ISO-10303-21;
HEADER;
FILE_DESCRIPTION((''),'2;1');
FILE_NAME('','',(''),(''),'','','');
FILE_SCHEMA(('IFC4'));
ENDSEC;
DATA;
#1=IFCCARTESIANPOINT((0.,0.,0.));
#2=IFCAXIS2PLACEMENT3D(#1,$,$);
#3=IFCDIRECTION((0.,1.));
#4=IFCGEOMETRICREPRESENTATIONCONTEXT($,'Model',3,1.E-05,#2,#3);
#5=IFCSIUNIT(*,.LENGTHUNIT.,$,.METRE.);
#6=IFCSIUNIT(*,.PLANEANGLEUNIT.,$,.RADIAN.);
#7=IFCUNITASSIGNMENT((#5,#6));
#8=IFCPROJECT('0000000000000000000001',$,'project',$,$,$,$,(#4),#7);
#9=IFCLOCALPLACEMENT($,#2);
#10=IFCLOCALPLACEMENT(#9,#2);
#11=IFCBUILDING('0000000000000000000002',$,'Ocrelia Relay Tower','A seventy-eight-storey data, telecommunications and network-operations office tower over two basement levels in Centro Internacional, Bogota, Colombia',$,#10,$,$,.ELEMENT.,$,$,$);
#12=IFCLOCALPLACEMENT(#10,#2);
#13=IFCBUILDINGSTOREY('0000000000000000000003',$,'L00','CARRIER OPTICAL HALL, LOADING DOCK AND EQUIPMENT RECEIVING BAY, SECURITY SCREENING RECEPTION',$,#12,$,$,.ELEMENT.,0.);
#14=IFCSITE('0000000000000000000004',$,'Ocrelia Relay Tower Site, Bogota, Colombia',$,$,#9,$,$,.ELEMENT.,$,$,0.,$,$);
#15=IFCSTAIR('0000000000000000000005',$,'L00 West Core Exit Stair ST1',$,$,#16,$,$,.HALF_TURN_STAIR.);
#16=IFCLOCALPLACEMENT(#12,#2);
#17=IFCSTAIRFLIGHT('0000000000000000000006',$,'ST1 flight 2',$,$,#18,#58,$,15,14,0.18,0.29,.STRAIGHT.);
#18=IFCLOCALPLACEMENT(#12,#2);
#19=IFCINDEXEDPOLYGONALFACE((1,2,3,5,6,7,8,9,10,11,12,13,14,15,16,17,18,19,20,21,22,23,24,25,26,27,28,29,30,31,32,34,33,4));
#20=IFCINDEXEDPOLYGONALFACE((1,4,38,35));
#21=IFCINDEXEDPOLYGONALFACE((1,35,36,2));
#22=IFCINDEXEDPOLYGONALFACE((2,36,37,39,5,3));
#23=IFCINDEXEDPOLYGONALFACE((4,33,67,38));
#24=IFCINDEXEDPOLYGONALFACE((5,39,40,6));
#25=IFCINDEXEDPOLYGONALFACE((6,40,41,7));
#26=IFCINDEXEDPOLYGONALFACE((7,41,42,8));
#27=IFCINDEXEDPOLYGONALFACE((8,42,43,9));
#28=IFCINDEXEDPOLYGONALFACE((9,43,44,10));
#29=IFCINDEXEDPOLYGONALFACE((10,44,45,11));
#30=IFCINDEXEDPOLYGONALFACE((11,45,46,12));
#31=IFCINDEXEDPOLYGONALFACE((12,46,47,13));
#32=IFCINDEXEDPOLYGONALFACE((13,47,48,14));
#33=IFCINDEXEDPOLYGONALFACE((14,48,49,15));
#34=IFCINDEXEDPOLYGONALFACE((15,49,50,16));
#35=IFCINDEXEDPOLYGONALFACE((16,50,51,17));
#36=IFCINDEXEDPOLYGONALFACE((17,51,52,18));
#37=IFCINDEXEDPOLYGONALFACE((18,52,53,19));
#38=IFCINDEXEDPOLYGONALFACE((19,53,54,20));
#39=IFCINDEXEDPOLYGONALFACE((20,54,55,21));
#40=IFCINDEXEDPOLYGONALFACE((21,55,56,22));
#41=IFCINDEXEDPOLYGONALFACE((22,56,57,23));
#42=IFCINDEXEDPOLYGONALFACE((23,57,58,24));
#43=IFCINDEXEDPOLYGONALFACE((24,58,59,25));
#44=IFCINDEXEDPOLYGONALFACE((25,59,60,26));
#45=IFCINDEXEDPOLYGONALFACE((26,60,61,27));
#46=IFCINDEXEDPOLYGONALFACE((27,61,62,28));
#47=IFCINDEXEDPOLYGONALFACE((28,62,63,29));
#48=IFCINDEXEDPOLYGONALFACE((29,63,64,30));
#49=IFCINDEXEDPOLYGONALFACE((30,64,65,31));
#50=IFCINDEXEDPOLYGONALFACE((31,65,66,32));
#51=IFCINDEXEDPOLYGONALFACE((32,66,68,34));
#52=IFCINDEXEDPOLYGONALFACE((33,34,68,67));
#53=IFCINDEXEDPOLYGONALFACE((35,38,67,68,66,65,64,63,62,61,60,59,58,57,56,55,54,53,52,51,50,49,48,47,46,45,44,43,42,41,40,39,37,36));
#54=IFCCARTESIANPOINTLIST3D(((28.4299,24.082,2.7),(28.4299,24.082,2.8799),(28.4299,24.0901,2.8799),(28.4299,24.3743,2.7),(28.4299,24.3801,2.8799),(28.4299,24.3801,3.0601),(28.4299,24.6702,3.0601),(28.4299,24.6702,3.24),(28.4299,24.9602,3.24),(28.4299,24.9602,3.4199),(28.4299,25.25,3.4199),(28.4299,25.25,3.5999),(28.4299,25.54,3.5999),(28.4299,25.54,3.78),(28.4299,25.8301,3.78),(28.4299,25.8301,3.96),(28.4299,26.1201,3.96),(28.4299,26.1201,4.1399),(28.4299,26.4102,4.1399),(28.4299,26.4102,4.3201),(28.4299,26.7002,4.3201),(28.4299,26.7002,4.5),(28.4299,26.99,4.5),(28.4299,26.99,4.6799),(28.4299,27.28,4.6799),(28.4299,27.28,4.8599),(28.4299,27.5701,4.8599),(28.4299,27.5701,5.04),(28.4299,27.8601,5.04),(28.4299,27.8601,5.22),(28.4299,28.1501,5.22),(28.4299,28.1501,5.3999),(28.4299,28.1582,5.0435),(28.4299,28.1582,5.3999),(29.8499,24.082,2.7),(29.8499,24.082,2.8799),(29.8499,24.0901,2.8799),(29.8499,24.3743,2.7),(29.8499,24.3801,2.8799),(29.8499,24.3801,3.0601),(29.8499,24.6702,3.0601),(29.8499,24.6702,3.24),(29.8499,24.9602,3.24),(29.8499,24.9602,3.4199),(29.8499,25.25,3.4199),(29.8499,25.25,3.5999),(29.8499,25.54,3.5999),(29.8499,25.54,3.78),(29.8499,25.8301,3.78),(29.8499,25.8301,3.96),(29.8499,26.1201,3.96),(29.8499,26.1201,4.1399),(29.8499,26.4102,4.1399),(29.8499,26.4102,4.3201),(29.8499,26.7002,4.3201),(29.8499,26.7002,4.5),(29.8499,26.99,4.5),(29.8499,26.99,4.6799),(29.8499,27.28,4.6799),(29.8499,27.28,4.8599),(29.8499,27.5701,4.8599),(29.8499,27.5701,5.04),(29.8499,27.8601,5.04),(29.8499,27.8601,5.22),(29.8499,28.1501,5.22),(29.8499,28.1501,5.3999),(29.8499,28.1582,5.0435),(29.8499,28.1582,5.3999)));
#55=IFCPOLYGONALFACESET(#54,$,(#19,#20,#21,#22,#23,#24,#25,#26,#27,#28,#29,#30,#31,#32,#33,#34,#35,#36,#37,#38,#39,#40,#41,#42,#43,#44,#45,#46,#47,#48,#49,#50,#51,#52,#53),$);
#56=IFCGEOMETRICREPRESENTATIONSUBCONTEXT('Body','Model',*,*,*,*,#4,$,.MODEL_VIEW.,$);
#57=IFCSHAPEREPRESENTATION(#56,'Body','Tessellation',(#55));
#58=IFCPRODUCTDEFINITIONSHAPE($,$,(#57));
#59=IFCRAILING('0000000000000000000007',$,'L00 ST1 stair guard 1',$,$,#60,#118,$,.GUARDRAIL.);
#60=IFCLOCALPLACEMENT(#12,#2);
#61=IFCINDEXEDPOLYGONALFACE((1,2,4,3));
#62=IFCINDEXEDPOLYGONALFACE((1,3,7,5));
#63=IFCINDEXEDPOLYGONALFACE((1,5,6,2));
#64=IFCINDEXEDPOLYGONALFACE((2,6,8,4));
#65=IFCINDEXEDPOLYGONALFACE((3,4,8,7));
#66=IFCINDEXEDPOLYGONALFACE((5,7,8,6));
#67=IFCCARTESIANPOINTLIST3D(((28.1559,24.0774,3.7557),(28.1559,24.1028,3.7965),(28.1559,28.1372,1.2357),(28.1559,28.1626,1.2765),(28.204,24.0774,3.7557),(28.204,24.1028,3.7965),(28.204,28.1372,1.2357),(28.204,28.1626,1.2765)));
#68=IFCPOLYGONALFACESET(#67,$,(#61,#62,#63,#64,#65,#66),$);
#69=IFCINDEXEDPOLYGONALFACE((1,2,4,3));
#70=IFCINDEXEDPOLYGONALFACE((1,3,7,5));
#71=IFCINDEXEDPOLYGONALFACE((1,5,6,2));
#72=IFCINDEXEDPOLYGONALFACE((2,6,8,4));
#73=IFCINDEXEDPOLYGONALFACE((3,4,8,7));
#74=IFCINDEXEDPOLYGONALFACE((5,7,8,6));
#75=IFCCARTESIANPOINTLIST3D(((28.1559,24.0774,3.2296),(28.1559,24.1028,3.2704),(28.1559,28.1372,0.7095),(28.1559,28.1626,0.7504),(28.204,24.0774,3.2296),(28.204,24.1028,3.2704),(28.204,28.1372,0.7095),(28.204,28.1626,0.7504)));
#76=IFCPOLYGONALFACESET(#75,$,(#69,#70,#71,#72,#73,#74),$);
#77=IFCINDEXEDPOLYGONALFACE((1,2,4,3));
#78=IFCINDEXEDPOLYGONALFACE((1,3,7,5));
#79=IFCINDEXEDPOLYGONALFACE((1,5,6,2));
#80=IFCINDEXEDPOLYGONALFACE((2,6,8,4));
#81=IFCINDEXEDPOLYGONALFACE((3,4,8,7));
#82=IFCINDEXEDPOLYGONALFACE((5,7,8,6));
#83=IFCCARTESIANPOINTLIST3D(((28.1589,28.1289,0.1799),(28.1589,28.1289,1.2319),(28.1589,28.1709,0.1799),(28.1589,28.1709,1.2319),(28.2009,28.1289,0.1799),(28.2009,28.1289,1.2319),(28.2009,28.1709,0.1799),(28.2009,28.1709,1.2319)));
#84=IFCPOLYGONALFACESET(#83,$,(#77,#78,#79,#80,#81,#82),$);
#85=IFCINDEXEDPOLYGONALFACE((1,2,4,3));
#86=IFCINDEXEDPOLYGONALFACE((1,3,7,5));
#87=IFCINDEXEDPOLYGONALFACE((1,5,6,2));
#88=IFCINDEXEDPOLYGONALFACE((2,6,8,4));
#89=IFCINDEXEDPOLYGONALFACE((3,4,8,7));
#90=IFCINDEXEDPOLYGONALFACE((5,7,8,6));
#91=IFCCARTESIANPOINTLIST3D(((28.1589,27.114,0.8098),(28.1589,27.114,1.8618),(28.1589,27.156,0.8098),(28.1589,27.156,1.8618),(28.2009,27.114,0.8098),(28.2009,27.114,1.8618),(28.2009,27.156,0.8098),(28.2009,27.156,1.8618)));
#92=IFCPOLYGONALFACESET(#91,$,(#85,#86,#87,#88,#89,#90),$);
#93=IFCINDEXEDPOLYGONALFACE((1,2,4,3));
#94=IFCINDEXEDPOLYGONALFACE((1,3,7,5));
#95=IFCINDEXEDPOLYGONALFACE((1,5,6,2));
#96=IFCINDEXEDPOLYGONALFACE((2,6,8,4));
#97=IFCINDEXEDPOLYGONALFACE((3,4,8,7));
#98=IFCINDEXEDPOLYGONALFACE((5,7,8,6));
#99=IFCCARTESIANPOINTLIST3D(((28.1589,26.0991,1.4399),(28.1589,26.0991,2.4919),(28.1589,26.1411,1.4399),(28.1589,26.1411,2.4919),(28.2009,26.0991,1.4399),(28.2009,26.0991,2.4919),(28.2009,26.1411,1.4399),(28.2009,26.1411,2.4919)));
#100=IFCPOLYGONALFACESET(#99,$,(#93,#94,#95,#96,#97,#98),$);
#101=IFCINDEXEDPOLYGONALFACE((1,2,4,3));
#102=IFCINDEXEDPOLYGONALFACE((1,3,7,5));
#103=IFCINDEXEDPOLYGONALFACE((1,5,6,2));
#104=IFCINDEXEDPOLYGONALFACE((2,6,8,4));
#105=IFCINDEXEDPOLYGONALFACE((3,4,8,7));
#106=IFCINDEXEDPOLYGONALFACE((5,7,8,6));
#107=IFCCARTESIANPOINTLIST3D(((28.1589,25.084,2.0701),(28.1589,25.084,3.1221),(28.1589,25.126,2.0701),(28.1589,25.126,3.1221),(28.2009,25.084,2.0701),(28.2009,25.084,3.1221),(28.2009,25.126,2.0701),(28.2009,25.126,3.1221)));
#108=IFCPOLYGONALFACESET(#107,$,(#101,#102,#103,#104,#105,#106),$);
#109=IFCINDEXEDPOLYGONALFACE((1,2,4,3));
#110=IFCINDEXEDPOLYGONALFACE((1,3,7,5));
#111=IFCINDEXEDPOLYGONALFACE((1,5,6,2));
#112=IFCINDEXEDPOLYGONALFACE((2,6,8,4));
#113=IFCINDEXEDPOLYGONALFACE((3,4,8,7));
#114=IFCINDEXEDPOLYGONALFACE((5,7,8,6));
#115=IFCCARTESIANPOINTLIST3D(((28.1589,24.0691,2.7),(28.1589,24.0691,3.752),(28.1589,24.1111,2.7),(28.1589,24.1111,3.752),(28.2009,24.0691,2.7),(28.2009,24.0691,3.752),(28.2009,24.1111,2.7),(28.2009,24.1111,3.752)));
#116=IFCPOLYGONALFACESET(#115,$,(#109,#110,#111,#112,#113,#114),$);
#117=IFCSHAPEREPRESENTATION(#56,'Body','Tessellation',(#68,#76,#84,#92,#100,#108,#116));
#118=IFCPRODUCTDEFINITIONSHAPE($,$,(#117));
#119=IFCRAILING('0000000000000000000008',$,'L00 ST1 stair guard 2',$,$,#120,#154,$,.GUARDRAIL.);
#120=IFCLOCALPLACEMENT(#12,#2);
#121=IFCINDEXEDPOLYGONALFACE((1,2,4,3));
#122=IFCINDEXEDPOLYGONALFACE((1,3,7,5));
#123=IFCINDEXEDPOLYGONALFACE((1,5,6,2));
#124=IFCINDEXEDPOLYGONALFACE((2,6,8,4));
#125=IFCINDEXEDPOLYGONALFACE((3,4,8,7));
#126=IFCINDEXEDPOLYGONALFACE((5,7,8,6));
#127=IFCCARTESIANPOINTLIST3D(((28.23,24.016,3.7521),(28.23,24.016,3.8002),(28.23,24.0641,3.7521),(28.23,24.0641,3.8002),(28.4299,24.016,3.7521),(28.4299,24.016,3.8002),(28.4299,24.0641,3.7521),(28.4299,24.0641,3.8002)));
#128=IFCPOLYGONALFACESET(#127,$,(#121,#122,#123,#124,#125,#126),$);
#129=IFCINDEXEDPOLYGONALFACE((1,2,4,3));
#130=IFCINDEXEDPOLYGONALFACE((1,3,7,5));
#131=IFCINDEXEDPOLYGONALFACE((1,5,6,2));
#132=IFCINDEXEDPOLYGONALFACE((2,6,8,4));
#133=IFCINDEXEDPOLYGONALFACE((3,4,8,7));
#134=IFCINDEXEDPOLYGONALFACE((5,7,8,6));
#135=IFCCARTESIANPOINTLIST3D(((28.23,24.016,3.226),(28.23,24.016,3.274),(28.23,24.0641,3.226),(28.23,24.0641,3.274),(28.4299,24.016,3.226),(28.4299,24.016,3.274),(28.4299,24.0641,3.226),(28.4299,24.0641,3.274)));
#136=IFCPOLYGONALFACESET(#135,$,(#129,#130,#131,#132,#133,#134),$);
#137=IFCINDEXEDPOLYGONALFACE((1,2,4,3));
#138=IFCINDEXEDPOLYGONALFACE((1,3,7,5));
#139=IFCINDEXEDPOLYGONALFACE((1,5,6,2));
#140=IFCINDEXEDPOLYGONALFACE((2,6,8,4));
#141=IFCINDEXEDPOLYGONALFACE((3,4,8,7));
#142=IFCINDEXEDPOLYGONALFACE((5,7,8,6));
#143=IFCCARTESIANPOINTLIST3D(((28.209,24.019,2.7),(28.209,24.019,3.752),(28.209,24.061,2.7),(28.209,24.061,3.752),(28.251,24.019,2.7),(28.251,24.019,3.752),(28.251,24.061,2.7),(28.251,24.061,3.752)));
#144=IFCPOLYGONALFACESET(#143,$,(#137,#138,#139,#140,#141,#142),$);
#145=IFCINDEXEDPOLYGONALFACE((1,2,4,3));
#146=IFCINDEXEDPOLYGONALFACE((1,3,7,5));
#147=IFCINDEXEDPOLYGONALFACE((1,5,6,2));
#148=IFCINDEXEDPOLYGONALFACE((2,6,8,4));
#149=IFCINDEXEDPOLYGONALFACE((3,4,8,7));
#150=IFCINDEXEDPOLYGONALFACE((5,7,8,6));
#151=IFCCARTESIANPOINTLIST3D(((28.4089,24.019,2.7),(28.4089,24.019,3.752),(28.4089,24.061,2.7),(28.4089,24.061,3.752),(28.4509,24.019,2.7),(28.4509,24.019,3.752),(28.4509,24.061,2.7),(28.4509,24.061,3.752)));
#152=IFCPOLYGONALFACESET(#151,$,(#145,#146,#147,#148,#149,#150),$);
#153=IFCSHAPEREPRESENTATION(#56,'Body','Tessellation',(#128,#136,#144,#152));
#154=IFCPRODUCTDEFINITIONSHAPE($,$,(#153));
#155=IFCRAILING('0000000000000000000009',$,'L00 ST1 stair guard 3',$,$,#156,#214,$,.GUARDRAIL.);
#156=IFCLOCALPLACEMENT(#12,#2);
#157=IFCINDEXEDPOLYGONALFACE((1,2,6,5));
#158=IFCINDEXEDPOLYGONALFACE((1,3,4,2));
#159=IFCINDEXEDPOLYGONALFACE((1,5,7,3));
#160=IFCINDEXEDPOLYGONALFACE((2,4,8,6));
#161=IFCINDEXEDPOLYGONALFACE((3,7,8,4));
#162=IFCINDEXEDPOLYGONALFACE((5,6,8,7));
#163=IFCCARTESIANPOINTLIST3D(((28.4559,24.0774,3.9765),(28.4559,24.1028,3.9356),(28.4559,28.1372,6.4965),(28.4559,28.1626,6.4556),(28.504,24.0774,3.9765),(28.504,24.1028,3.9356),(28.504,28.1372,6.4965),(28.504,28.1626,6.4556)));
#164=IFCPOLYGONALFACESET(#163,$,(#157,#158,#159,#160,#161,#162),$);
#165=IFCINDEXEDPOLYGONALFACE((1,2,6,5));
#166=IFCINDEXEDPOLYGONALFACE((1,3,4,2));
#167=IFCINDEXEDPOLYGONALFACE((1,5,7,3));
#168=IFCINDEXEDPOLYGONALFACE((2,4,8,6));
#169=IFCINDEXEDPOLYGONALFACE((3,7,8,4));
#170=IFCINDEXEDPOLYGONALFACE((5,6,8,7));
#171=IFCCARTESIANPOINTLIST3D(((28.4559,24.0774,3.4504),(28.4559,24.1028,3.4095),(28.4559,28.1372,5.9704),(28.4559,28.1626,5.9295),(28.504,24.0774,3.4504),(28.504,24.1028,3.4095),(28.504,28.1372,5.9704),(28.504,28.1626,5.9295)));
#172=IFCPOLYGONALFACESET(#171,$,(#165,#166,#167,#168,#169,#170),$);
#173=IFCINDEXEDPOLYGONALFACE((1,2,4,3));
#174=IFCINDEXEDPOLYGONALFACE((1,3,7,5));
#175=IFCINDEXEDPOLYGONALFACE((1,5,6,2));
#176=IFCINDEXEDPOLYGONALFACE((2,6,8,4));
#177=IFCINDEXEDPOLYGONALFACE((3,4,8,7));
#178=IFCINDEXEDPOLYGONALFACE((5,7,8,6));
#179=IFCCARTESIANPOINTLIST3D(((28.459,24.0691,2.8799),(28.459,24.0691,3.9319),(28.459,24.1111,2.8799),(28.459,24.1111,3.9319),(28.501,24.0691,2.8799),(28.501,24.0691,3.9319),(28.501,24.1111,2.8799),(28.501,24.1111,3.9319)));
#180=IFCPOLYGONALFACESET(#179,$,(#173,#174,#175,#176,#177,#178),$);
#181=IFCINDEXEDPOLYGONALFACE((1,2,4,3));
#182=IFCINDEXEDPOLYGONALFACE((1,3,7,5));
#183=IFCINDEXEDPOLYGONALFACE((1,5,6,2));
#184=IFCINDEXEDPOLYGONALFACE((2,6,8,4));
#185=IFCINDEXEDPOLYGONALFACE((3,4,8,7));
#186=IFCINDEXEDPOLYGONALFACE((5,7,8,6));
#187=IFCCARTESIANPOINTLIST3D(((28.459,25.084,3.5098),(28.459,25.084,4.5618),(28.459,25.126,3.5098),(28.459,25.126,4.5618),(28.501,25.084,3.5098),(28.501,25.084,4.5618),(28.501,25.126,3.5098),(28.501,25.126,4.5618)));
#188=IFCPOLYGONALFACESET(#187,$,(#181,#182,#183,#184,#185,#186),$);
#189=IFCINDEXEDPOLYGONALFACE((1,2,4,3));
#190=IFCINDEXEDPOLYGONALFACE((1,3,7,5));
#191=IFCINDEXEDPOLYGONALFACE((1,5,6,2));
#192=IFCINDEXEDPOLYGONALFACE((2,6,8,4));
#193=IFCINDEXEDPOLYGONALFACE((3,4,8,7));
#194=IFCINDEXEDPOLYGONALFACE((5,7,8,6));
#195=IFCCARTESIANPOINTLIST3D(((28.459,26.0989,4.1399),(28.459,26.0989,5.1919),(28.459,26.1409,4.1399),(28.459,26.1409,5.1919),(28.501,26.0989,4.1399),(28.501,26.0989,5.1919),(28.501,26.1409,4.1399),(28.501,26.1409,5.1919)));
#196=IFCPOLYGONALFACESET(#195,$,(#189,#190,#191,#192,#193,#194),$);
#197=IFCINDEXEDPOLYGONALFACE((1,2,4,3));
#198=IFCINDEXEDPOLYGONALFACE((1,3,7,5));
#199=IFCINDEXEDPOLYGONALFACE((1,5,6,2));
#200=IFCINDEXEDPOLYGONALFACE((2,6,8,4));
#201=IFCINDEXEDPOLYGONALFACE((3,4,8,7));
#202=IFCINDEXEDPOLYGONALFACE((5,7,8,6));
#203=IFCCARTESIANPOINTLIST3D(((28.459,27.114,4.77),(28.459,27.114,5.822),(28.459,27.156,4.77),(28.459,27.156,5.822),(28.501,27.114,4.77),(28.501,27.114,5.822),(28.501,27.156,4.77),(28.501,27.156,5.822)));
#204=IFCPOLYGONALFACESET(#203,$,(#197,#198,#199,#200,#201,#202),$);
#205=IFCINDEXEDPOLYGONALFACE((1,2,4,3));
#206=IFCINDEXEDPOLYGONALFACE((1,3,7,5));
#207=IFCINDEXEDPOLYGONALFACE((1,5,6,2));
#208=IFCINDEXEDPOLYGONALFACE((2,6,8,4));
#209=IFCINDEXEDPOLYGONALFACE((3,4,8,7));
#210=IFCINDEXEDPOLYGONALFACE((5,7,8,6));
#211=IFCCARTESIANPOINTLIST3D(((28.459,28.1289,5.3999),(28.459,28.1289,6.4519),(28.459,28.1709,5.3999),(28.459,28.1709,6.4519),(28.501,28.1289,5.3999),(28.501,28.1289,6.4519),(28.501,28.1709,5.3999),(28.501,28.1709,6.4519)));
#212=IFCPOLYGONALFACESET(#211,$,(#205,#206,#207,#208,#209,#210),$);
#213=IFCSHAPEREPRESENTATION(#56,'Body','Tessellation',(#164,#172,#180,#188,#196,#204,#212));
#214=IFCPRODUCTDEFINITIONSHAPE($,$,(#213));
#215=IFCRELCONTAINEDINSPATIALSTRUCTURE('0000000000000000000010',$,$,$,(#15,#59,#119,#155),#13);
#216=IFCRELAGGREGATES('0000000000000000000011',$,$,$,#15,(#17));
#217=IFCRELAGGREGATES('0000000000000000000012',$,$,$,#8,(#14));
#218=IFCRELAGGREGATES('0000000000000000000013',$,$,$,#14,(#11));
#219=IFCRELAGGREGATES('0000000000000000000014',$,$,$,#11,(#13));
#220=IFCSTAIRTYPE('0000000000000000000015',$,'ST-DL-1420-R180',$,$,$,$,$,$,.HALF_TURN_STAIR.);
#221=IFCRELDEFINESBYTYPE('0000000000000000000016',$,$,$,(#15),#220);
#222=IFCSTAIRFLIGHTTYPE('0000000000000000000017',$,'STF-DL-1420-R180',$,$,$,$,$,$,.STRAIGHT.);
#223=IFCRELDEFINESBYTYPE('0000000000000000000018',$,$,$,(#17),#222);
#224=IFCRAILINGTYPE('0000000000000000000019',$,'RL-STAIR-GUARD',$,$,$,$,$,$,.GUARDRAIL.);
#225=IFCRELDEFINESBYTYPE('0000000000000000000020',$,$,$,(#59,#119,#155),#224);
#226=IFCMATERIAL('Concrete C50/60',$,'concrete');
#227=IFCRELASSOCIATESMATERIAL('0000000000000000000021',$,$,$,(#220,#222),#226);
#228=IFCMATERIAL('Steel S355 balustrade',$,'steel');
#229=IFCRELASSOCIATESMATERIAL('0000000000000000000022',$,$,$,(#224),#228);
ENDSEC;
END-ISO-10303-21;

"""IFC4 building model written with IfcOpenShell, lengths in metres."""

from ifc_helpers import new_model, si_unit, direction, frame, origin, origin_2d, place, context, subcontext, project, spatial, polyline, rectangle, outline, extrude, material, type_object, element, aggregate, save


model = new_model("IFC4")

# Units and contexts
model_context = context("Model", 3, precision=1e-05, world=origin(), true_north=direction((0.0, 1.0)))
body_context = subcontext(model_context, "Body", "Model", "MODEL_VIEW")
ifc_project = project(units=[si_unit("LENGTHUNIT", "METRE"), si_unit("PLANEANGLEUNIT", "RADIAN")], contexts=[model_context])

# Site, building, storey
site_placement = place(None, origin())
site = spatial("IfcSite", under=ifc_project, at=site_placement, Name="Ocrelia Relay Tower Site, Bogota, Colombia", CompositionType="ELEMENT", RefElevation=0.0)
building_placement = place(site_placement, origin())
building = spatial("IfcBuilding", under=site, at=building_placement, Name="Ocrelia Relay Tower", Description="A seventy-eight-storey data, telecommunications and network-operations office tower over two basement levels in Centro Internacional, Bogota, Colombia", CompositionType="ELEMENT")
storey_placement = place(building_placement, origin())
storey = spatial("IfcBuildingStorey", under=building, at=storey_placement, Name="L00", Description="CARRIER OPTICAL HALL, LOADING DOCK AND EQUIPMENT RECEIVING BAY, SECURITY SCREENING RECEPTION", CompositionType="ELEMENT", Elevation=0.0)

# Shared definitions
ifc_material_1 = material(Name="Concrete C50/60", Category="concrete")

# Stair, stair flight
stair_type = type_object("IfcStairType", Name="ST-DL-1420-R180", PredefinedType="HALF_TURN_STAIR", material=ifc_material_1)
stair_placement = place(storey_placement, origin())
stair = element("IfcStair", 1, at=stair_placement, inside=storey, type_object=stair_type, Name="L00 West Core Exit Stair ST1", PredefinedType="HALF_TURN_STAIR")
stair_flight_type = type_object("IfcStairFlightType", Name="STF-DL-1420-R180", PredefinedType="STRAIGHT", material=ifc_material_1)
stair_flight_1_placement = place(storey_placement, frame((29.1399, 24.0901, 2.7), z_axis=(0.0, 0.0, 1.0), x_axis=(0.0, 1.0, 0.0)))
stair_flight_1 = element("IfcStairFlight", 2, at=stair_flight_1_placement, type_object=stair_flight_type, Name="ST1 flight 2", NumberOfRisers=15, NumberOfTreads=14, PredefinedType="STRAIGHT", RiserHeight=0.18, TreadLength=0.29, context=body_context, shape_type="SweptSolid", body=[
    extrude(outline(polyline([(-0.0081, 0.0), (-0.0081, 0.1799), (0.0, 0.1799), (0.29, 0.1799), (0.29, 0.3601), (0.5801, 0.3601), (0.5801, 0.54), (0.8701, 0.54), (0.8701, 0.72), (1.1599, 0.72), (1.1599, 0.8999), (1.45, 0.8999), (1.45, 1.0801), (1.74, 1.0801), (1.74, 1.26), (2.03, 1.26), (2.03, 1.4399), (2.3201, 1.4399), (2.3201, 1.6201), (2.6101, 1.6201), (2.6101, 1.8), (2.8999, 1.8), (2.8999, 1.98), (3.1899, 1.98), (3.1899, 2.1599), (3.48, 2.1599), (3.48, 2.3401), (3.77, 2.3401), (3.77, 2.52), (4.0601, 2.52), (4.0601, 2.7), (4.0681, 2.7), (4.0681, 2.3435), (0.2842, 0.0), (-0.0081, 0.0)])), frame((0.0, 0.71, 0.0), z_axis=(0.0, -1.0, 0.0), x_axis=(1.0, 0.0, 0.0)), (0.0, 0.0, 1.0), 1.4199),
])
aggregate(stair, [stair_flight_1])

# Railings
ifc_material_2 = material(Name="Steel S355 balustrade", Category="steel")
railing_type_1 = type_object("IfcRailingType", Name="RL-STAIR-GUARD", PredefinedType="GUARDRAIL", material=ifc_material_2)
railing_1_placement = place(storey_placement, frame((28.1799, 28.1499, 0.1799)))
element("IfcRailing", 3, at=railing_1_placement, inside=storey, type_object=railing_type_1, Name="L00 ST1 stair guard 1", PredefinedType="GUARDRAIL", context=body_context, shape_type="SweptSolid", body=[
    extrude(rectangle(XDim=0.0481, YDim=0.0481, at=origin_2d()), frame((0.0, 0.0, 1.0762), z_axis=(0.0, -0.849628, 0.527383), x_axis=(1.0, 0.0, 0.0)), (0.0, 0.0, 1.0), 4.7783),
    extrude(rectangle(XDim=0.0481, YDim=0.0481, at=origin_2d()), frame((0.0, 0.0, 0.55), z_axis=(0.0, -0.849628, 0.527383), x_axis=(1.0, 0.0, 0.0)), (0.0, 0.0, 1.0), 4.7783),
    extrude(rectangle(XDim=0.042, YDim=0.042, at=origin_2d()), origin(), (0.0, 0.0, 1.0), 1.052),
    extrude(rectangle(XDim=0.042, YDim=0.042, at=origin_2d()), frame((0.0, -1.0149, 0.6299)), (0.0, 0.0, 1.0), 1.052),
    extrude(rectangle(XDim=0.042, YDim=0.042, at=origin_2d()), frame((0.0, -2.0298, 1.26)), (0.0, 0.0, 1.0), 1.052),
    extrude(rectangle(XDim=0.042, YDim=0.042, at=origin_2d()), frame((0.0, -3.0449, 1.8901)), (0.0, 0.0, 1.0), 1.052),
    extrude(rectangle(XDim=0.042, YDim=0.042, at=origin_2d()), frame((0.0, -4.0598, 2.52)), (0.0, 0.0, 1.0), 1.052),
])
railing_2_placement = place(storey_placement, frame((28.23, 24.04, 2.7)))
element("IfcRailing", 4, at=railing_2_placement, inside=storey, type_object=railing_type_1, Name="L00 ST1 stair guard 2", PredefinedType="GUARDRAIL", context=body_context, shape_type="SweptSolid", body=[
    extrude(rectangle(XDim=0.0481, YDim=0.0481, at=origin_2d()), frame((0.0, 0.0, 1.0762), z_axis=(1.0, 0.0, 0.0), x_axis=(0.0, 1.0, 0.0)), (0.0, 0.0, 1.0), 0.2),
    extrude(rectangle(XDim=0.0481, YDim=0.0481, at=origin_2d()), frame((0.0, 0.0, 0.55), z_axis=(1.0, 0.0, 0.0), x_axis=(0.0, 1.0, 0.0)), (0.0, 0.0, 1.0), 0.2),
    extrude(rectangle(XDim=0.042, YDim=0.042, at=origin_2d()), origin(), (0.0, 0.0, 1.0), 1.052),
    extrude(rectangle(XDim=0.042, YDim=0.042, at=origin_2d()), frame((0.2, 0.0, 0.0)), (0.0, 0.0, 1.0), 1.052),
])
railing_3_placement = place(storey_placement, frame((28.48, 24.0901, 2.8799)))
element("IfcRailing", 5, at=railing_3_placement, inside=storey, type_object=railing_type_1, Name="L00 ST1 stair guard 3", PredefinedType="GUARDRAIL", context=body_context, shape_type="SweptSolid", body=[
    extrude(rectangle(XDim=0.0481, YDim=0.0481, at=origin_2d()), frame((0.0, 0.0, 1.0762), z_axis=(0.0, 0.849628, 0.527383), x_axis=(-1.0, 0.0, 0.0)), (0.0, 0.0, 1.0), 4.7783),
    extrude(rectangle(XDim=0.0481, YDim=0.0481, at=origin_2d()), frame((0.0, 0.0, 0.55), z_axis=(0.0, 0.849628, 0.527383), x_axis=(-1.0, 0.0, 0.0)), (0.0, 0.0, 1.0), 4.7783),
    extrude(rectangle(XDim=0.042, YDim=0.042, at=origin_2d()), origin(), (0.0, 0.0, 1.0), 1.052),
    extrude(rectangle(XDim=0.042, YDim=0.042, at=origin_2d()), frame((0.0, 1.0149, 0.6299)), (0.0, 0.0, 1.0), 1.052),
    extrude(rectangle(XDim=0.042, YDim=0.042, at=origin_2d()), frame((0.0, 2.0298, 1.26)), (0.0, 0.0, 1.0), 1.052),
    extrude(rectangle(XDim=0.042, YDim=0.042, at=origin_2d()), frame((0.0, 3.0449, 1.8901)), (0.0, 0.0, 1.0), 1.052),
    extrude(rectangle(XDim=0.042, YDim=0.042, at=origin_2d()), frame((0.0, 4.0598, 2.52)), (0.0, 0.0, 1.0), 1.052),
])

save(model, "model.ifc")
